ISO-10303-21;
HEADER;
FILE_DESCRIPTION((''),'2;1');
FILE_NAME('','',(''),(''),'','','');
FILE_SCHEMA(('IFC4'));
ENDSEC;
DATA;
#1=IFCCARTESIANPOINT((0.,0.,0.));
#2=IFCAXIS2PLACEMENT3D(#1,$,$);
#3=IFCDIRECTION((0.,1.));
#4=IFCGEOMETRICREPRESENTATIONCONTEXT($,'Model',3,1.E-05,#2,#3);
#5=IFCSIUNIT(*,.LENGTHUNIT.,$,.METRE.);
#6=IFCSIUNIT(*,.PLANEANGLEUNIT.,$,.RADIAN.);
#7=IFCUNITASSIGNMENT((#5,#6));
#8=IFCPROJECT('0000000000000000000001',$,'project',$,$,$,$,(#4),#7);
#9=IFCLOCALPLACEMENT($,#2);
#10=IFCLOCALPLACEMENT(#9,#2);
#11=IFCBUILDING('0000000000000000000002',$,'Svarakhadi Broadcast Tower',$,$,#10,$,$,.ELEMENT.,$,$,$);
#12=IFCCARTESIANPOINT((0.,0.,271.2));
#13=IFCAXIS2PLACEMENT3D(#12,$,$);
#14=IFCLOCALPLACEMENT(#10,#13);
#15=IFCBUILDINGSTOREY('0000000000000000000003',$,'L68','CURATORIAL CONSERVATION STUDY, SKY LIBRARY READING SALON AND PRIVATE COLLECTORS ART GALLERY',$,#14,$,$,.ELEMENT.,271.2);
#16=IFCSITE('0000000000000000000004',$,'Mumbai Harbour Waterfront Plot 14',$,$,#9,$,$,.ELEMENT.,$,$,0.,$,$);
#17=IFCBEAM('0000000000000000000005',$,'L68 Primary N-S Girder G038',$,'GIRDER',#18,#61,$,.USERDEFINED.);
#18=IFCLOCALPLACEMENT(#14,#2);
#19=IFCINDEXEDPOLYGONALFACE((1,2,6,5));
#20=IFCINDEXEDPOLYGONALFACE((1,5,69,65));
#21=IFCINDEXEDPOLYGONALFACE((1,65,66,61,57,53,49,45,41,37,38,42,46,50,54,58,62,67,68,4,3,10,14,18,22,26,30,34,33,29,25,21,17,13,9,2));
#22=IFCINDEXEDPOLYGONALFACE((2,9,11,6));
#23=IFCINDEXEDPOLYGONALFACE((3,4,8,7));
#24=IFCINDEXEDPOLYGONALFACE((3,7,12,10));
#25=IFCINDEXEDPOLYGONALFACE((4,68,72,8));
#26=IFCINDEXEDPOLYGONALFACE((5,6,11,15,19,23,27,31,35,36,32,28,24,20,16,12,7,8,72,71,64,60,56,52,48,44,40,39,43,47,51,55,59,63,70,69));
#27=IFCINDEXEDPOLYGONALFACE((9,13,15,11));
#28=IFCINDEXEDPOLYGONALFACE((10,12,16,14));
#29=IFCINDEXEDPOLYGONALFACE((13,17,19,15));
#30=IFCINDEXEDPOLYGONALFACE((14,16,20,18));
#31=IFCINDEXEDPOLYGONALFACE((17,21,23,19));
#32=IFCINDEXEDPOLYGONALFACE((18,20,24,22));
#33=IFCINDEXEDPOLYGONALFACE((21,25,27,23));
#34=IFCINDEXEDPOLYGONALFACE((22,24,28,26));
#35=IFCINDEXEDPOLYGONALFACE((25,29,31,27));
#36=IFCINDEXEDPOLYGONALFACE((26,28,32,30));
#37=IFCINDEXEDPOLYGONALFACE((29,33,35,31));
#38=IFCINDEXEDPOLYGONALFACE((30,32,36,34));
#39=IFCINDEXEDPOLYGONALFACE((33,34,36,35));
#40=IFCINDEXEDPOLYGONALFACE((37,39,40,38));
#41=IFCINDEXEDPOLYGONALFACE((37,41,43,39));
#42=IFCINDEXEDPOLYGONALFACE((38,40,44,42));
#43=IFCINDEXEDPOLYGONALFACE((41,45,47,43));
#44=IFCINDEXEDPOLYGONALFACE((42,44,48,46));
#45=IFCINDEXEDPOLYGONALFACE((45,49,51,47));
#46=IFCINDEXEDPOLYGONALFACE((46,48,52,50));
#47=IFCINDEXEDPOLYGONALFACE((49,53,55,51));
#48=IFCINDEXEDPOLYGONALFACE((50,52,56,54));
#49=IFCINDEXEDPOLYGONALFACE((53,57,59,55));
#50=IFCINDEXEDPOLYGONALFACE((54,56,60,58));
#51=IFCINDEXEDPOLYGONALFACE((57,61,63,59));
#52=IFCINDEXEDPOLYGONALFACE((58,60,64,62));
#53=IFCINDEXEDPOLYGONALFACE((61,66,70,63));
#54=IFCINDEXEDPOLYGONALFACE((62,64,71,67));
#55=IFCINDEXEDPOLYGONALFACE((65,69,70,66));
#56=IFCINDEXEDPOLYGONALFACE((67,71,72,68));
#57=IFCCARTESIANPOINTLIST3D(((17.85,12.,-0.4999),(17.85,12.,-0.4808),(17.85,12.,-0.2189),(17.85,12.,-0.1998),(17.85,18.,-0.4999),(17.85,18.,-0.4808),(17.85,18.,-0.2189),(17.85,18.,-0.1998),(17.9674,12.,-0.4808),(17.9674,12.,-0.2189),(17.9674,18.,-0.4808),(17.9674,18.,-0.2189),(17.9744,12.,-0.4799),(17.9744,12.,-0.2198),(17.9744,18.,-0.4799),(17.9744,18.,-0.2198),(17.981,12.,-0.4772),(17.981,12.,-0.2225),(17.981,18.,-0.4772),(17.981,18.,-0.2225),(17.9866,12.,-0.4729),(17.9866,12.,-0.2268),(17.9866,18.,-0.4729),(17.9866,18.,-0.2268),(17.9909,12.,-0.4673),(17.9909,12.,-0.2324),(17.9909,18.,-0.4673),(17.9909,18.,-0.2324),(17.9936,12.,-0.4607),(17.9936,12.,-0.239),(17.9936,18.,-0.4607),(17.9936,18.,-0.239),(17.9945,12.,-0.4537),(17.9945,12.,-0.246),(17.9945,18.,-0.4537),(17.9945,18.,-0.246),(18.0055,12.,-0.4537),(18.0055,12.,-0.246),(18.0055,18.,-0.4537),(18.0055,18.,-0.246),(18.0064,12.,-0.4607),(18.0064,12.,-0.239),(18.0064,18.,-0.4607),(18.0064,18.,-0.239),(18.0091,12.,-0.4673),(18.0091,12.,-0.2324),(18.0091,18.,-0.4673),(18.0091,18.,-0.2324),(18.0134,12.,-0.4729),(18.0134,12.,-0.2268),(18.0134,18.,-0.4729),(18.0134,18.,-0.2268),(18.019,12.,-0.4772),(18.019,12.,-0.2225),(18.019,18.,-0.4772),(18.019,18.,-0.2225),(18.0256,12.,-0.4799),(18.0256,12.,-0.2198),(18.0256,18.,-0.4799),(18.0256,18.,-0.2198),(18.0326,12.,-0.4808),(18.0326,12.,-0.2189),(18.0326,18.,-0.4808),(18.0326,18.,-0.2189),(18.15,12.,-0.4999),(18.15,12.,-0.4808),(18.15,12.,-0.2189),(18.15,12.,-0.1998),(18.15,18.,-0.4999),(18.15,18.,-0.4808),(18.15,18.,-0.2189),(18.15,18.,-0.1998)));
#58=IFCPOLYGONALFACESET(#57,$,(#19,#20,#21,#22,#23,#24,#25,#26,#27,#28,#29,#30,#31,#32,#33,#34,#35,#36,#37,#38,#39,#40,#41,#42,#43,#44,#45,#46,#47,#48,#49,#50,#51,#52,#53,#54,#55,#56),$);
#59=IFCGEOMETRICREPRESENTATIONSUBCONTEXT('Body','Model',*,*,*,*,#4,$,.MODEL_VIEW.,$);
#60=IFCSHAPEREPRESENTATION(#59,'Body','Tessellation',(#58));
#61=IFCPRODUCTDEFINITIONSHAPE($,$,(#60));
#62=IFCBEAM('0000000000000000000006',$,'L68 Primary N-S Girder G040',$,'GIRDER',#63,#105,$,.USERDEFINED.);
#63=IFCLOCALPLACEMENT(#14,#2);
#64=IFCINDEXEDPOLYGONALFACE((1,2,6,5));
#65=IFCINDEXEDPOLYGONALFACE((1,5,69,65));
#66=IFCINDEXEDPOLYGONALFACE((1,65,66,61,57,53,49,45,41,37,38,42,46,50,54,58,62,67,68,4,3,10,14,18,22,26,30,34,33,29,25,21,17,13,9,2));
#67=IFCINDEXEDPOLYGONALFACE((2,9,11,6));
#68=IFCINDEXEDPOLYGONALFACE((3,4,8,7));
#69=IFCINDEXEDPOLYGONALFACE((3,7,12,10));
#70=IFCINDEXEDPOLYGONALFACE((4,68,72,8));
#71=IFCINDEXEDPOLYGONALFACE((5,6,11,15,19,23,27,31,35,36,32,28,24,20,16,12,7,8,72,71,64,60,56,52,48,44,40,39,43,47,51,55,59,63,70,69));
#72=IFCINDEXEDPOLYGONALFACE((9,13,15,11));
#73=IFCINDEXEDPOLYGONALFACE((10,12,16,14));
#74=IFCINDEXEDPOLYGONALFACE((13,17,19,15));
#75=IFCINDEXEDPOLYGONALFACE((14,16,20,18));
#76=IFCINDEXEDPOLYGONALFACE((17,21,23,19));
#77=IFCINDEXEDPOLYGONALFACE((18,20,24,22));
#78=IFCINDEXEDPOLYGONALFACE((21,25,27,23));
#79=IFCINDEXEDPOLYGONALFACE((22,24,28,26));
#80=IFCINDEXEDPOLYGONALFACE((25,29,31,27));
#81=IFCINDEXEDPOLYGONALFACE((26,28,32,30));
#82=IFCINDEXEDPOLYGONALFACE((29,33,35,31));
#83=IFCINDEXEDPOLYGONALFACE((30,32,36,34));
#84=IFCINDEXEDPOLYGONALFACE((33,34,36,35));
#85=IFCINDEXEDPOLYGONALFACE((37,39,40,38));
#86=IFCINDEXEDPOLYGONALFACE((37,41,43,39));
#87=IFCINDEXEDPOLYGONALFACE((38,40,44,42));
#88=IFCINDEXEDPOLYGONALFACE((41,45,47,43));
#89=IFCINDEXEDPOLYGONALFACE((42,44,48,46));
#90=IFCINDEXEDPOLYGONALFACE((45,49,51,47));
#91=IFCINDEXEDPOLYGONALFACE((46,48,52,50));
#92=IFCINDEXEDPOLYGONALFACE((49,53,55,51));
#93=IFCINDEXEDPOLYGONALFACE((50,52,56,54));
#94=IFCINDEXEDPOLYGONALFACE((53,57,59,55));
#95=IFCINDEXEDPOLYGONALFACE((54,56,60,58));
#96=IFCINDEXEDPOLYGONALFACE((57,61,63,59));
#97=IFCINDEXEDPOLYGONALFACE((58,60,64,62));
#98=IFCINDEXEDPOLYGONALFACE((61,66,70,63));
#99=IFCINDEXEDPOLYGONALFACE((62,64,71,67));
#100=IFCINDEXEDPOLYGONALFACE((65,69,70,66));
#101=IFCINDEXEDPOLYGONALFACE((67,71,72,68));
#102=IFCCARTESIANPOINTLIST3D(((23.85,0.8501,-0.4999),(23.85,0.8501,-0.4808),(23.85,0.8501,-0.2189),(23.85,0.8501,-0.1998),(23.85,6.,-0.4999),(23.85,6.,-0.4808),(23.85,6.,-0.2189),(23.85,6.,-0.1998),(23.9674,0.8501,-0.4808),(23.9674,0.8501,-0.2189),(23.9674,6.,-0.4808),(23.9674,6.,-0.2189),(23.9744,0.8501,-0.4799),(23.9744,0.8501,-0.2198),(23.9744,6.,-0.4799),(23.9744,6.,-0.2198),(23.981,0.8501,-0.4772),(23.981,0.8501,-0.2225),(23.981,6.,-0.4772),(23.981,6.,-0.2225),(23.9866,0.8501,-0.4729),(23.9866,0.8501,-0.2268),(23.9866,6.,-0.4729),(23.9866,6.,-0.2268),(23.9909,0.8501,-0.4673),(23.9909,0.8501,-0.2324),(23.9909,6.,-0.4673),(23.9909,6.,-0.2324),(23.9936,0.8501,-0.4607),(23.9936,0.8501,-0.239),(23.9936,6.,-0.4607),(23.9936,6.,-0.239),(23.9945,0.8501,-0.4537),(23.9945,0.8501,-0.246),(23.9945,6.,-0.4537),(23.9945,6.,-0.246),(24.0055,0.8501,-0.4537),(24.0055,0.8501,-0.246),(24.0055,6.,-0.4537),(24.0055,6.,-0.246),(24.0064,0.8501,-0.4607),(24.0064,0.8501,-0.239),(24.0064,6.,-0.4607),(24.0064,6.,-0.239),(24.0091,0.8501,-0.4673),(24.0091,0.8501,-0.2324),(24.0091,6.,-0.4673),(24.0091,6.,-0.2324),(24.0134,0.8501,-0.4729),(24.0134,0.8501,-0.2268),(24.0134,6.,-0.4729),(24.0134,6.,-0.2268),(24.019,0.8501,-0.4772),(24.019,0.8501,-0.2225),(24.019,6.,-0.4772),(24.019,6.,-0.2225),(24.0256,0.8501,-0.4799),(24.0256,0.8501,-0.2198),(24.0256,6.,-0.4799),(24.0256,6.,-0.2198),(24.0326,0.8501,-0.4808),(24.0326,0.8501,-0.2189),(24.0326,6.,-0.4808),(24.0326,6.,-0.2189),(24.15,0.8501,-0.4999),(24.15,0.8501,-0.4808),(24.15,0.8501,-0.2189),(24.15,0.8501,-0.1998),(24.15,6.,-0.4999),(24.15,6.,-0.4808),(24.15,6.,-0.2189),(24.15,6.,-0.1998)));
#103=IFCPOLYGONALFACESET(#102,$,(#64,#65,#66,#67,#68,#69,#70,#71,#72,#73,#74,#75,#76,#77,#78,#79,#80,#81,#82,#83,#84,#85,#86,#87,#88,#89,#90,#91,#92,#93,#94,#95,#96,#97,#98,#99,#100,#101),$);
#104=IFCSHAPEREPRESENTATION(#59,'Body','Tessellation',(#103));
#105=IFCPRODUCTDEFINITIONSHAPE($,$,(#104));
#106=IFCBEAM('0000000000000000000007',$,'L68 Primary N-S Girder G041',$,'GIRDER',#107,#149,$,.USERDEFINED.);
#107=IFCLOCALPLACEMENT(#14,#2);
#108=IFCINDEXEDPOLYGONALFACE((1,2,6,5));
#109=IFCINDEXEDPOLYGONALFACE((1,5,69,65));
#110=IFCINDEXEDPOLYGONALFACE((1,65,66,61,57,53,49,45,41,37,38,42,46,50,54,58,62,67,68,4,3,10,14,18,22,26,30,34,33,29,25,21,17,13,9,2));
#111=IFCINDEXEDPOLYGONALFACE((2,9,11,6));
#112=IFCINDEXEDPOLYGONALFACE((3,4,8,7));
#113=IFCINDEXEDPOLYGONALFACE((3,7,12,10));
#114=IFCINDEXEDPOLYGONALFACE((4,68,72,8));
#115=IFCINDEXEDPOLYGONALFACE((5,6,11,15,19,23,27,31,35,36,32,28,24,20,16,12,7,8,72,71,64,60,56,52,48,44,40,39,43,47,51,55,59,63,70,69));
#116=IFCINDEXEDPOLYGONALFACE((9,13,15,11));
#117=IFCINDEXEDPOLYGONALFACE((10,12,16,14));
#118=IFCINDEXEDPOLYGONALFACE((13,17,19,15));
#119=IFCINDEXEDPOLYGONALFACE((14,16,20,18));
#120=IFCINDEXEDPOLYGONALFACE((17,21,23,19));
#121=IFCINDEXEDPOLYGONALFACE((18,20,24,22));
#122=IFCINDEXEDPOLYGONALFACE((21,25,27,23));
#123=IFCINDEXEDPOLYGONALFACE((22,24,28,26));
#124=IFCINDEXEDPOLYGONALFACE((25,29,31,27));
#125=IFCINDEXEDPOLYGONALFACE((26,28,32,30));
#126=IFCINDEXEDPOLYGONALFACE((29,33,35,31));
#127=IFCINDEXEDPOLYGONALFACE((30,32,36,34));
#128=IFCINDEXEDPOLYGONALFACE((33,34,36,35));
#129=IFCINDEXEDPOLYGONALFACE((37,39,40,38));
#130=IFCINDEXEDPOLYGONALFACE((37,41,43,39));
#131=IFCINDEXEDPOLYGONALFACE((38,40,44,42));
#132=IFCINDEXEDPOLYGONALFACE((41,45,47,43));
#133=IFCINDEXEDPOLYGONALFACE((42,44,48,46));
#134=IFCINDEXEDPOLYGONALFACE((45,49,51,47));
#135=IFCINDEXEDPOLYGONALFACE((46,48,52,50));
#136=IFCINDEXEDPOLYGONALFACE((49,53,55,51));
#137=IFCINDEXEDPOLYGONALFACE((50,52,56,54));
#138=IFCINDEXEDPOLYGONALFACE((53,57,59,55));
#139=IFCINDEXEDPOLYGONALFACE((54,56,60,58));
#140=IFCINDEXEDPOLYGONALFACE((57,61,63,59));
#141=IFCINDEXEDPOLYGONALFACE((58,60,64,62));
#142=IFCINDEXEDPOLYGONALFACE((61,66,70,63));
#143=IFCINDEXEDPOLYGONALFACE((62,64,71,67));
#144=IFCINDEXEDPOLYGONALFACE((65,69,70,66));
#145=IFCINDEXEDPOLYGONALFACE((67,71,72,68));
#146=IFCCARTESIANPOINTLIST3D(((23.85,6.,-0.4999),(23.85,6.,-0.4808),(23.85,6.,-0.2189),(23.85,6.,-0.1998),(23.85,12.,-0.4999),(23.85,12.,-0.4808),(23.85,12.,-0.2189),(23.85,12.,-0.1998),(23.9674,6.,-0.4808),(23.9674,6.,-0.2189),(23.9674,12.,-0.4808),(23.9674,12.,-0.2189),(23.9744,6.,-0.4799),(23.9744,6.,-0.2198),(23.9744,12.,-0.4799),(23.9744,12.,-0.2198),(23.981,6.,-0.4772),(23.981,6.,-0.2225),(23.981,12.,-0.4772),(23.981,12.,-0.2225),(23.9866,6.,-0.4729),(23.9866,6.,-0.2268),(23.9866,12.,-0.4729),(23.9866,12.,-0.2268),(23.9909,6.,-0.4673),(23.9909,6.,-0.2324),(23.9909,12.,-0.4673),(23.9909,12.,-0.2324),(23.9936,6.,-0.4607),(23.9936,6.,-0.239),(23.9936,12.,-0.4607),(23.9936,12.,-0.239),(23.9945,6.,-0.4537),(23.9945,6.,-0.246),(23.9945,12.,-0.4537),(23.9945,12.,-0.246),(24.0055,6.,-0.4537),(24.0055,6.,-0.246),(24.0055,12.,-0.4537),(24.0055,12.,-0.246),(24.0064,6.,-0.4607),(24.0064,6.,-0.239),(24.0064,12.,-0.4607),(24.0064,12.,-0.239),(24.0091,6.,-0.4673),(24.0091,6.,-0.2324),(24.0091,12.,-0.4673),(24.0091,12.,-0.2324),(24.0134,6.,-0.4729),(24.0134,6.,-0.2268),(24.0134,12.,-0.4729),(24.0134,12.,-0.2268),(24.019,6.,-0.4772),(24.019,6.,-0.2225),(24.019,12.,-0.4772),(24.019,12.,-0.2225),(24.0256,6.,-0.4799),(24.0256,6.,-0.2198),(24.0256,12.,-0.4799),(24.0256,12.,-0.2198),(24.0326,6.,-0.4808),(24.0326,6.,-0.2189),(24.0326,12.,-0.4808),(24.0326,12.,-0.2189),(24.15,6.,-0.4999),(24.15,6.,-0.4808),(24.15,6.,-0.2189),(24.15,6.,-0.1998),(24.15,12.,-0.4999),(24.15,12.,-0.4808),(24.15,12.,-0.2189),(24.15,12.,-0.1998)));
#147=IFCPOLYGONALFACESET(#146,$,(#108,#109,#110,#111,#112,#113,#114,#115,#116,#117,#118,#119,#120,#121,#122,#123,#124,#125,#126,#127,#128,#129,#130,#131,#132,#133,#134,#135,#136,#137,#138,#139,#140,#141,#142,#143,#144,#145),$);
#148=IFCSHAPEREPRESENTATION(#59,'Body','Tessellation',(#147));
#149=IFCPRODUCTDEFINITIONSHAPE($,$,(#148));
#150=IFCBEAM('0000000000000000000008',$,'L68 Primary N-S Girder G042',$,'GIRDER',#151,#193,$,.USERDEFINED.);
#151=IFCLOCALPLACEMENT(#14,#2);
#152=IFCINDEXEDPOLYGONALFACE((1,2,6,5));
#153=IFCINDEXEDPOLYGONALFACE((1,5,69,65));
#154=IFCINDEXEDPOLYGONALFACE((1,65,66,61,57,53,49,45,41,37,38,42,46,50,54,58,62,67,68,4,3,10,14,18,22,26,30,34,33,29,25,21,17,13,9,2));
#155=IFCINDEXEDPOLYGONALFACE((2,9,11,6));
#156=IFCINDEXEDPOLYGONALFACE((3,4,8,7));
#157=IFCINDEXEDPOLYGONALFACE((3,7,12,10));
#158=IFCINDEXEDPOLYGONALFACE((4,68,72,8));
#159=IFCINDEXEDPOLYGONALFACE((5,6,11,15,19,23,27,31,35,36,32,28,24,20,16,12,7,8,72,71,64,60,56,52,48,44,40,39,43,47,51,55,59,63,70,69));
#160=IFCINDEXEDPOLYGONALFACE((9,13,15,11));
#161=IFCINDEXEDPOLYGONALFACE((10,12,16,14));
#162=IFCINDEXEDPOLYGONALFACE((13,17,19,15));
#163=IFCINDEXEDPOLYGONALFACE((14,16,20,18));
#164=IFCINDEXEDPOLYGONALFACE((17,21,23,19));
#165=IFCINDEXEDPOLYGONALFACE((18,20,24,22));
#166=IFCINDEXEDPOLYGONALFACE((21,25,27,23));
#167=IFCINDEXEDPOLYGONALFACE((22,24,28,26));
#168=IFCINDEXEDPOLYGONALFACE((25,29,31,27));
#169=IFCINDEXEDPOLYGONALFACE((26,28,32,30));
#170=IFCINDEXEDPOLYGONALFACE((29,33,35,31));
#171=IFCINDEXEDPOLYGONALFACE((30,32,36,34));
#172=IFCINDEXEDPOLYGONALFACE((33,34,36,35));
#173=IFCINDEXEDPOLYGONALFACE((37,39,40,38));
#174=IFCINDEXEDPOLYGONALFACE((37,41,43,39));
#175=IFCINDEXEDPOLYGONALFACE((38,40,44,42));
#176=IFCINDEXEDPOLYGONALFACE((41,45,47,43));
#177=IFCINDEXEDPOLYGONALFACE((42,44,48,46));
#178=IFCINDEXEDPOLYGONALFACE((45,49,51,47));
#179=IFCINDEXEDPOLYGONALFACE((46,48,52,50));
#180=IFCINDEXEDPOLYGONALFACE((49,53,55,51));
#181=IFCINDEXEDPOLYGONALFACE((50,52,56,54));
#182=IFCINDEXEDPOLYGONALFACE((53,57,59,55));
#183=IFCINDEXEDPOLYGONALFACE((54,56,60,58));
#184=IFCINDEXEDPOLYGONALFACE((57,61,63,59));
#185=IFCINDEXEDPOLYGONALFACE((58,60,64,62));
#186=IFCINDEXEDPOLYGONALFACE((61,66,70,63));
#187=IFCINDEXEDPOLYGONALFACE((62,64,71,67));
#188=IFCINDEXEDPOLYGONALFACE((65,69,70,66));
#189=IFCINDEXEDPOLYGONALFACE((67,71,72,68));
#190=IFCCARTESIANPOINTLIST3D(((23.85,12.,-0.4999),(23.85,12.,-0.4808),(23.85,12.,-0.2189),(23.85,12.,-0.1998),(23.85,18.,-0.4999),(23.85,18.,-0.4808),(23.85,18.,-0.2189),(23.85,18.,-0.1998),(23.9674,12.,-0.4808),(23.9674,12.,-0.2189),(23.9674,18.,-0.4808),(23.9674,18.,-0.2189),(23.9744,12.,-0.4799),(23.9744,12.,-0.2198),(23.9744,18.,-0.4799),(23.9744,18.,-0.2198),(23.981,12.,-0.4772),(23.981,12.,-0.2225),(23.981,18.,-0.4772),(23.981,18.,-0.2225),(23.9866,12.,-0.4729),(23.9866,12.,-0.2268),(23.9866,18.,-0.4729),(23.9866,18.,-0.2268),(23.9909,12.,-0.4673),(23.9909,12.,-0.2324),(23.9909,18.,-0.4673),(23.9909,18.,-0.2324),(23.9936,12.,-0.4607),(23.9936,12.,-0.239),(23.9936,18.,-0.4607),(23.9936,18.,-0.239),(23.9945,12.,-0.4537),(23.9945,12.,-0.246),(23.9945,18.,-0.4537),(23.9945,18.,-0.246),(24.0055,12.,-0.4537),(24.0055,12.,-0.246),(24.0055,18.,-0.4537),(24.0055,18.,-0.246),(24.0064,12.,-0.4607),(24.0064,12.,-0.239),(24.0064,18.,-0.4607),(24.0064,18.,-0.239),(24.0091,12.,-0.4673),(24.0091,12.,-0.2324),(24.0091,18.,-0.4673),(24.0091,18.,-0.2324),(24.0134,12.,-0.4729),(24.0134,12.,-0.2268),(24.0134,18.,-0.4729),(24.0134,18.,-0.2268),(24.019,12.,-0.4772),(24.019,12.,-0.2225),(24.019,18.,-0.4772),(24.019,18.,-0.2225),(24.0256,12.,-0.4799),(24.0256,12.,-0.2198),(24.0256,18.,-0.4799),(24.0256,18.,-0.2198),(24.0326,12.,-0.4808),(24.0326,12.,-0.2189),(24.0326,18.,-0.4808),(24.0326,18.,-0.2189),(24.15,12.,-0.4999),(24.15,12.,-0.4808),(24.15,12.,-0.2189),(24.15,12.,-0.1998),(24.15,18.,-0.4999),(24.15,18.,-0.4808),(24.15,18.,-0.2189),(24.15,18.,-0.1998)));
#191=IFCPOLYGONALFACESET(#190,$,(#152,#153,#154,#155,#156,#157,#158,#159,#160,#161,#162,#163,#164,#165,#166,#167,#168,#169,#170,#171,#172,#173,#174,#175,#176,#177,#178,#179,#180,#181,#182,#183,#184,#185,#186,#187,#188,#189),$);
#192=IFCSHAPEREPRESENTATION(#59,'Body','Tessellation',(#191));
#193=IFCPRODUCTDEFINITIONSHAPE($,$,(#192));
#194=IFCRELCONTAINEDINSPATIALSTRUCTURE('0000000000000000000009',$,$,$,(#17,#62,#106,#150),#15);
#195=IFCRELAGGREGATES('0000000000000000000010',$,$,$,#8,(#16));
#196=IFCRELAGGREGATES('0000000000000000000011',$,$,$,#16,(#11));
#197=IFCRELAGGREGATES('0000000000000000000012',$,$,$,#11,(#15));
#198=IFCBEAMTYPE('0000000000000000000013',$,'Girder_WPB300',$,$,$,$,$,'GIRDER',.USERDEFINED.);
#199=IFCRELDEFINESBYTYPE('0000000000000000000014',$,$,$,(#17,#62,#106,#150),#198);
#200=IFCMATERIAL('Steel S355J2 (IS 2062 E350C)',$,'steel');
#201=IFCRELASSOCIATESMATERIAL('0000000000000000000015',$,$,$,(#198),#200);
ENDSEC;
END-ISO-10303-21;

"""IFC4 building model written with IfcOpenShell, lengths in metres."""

from ifc_helpers import new_model, si_unit, direction, frame, origin, origin_2d, place, context, subcontext, project, spatial, i_section, extrude, material, material_profile, profile_set, type_object, element, save


model = new_model("IFC4")

# Units and contexts
model_context = context("Model", 3, precision=1e-05, world=origin(), true_north=direction((0.0, 1.0)))
body_context = subcontext(model_context, "Body", "Model", "MODEL_VIEW")
ifc_project = project(units=[si_unit("LENGTHUNIT", "METRE"), si_unit("PLANEANGLEUNIT", "RADIAN")], contexts=[model_context])

# Site, building, storey
site_placement = place(None, origin())
site = spatial("IfcSite", under=ifc_project, at=site_placement, Name="Mumbai Harbour Waterfront Plot 14", CompositionType="ELEMENT", RefElevation=0.0)
building_placement = place(site_placement, origin())
building = spatial("IfcBuilding", under=site, at=building_placement, Name="Svarakhadi Broadcast Tower", CompositionType="ELEMENT")
storey_placement = place(building_placement, frame((0.0, 0.0, 271.2)))
storey = spatial("IfcBuildingStorey", under=building, at=storey_placement, Name="L68", Description="CURATORIAL CONSERVATION STUDY, SKY LIBRARY READING SALON AND PRIVATE COLLECTORS ART GALLERY", CompositionType="ELEMENT", Elevation=271.2)

# Beams
ifc_material_1 = material(Name="Steel S355J2 (IS 2062 E350C)", Category="steel")
ifc_material_profile_1 = material_profile(ifc_material_1, i_section(OverallWidth=0.3, OverallDepth=0.3, WebThickness=0.011, FlangeThickness=0.019, FilletRadius=0.0271, at=origin_2d()), Name="WPB 300x300x117")
ifc_profile_set_1 = profile_set([ifc_material_profile_1], Name="Steel S355J2 (IS 2062 E350C)")
beam_type_1 = type_object("IfcBeamType", Name="Girder_WPB300", ElementType="GIRDER", PredefinedType="USERDEFINED", material=ifc_profile_set_1)
for number, where, z_axis, x_axis, name in (
    (1, (18.0, 12.0, -0.3499), (0.0, 1.0, 0.0), (-1.0, 0.0, 0.0), "L68 Primary N-S Girder G038"),
):
    element("IfcBeam", number, at=place(storey_placement, frame(where, z_axis=z_axis, x_axis=x_axis)), inside=storey, type_object=beam_type_1, Name=name, ObjectType="GIRDER", PredefinedType="USERDEFINED", context=body_context, shape_type="SweptSolid", body=[
        extrude(i_section(OverallWidth=0.3, OverallDepth=0.3, WebThickness=0.011, FlangeThickness=0.019, FilletRadius=0.0271, at=origin_2d()), origin(), (0.0, 0.0, 1.0), 6.0),
    ])
beam_1_placement = place(storey_placement, frame((24.0, 0.8501, -0.3499), z_axis=(0.0, 1.0, 0.0), x_axis=(-1.0, 0.0, 0.0)))
element("IfcBeam", 2, at=beam_1_placement, inside=storey, type_object=beam_type_1, Name="L68 Primary N-S Girder G040", ObjectType="GIRDER", PredefinedType="USERDEFINED", context=body_context, shape_type="SweptSolid", body=[
    extrude(i_section(OverallWidth=0.3, OverallDepth=0.3, WebThickness=0.011, FlangeThickness=0.019, FilletRadius=0.0271, at=origin_2d()), origin(), (0.0, 0.0, 1.0), 5.1499),
])
for number, where, z_axis, x_axis, name in (
    (3, (24.0, 6.0, -0.3499), (0.0, 1.0, 0.0), (-1.0, 0.0, 0.0), "L68 Primary N-S Girder G041"),
    (4, (24.0, 12.0, -0.3499), (0.0, 1.0, 0.0), (-1.0, 0.0, 0.0), "L68 Primary N-S Girder G042"),
):
    element("IfcBeam", number, at=place(storey_placement, frame(where, z_axis=z_axis, x_axis=x_axis)), inside=storey, type_object=beam_type_1, Name=name, ObjectType="GIRDER", PredefinedType="USERDEFINED", context=body_context, shape_type="SweptSolid", body=[
        extrude(i_section(OverallWidth=0.3, OverallDepth=0.3, WebThickness=0.011, FlangeThickness=0.019, FilletRadius=0.0271, at=origin_2d()), origin(), (0.0, 0.0, 1.0), 6.0),
    ])

save(model, "model.ifc")
